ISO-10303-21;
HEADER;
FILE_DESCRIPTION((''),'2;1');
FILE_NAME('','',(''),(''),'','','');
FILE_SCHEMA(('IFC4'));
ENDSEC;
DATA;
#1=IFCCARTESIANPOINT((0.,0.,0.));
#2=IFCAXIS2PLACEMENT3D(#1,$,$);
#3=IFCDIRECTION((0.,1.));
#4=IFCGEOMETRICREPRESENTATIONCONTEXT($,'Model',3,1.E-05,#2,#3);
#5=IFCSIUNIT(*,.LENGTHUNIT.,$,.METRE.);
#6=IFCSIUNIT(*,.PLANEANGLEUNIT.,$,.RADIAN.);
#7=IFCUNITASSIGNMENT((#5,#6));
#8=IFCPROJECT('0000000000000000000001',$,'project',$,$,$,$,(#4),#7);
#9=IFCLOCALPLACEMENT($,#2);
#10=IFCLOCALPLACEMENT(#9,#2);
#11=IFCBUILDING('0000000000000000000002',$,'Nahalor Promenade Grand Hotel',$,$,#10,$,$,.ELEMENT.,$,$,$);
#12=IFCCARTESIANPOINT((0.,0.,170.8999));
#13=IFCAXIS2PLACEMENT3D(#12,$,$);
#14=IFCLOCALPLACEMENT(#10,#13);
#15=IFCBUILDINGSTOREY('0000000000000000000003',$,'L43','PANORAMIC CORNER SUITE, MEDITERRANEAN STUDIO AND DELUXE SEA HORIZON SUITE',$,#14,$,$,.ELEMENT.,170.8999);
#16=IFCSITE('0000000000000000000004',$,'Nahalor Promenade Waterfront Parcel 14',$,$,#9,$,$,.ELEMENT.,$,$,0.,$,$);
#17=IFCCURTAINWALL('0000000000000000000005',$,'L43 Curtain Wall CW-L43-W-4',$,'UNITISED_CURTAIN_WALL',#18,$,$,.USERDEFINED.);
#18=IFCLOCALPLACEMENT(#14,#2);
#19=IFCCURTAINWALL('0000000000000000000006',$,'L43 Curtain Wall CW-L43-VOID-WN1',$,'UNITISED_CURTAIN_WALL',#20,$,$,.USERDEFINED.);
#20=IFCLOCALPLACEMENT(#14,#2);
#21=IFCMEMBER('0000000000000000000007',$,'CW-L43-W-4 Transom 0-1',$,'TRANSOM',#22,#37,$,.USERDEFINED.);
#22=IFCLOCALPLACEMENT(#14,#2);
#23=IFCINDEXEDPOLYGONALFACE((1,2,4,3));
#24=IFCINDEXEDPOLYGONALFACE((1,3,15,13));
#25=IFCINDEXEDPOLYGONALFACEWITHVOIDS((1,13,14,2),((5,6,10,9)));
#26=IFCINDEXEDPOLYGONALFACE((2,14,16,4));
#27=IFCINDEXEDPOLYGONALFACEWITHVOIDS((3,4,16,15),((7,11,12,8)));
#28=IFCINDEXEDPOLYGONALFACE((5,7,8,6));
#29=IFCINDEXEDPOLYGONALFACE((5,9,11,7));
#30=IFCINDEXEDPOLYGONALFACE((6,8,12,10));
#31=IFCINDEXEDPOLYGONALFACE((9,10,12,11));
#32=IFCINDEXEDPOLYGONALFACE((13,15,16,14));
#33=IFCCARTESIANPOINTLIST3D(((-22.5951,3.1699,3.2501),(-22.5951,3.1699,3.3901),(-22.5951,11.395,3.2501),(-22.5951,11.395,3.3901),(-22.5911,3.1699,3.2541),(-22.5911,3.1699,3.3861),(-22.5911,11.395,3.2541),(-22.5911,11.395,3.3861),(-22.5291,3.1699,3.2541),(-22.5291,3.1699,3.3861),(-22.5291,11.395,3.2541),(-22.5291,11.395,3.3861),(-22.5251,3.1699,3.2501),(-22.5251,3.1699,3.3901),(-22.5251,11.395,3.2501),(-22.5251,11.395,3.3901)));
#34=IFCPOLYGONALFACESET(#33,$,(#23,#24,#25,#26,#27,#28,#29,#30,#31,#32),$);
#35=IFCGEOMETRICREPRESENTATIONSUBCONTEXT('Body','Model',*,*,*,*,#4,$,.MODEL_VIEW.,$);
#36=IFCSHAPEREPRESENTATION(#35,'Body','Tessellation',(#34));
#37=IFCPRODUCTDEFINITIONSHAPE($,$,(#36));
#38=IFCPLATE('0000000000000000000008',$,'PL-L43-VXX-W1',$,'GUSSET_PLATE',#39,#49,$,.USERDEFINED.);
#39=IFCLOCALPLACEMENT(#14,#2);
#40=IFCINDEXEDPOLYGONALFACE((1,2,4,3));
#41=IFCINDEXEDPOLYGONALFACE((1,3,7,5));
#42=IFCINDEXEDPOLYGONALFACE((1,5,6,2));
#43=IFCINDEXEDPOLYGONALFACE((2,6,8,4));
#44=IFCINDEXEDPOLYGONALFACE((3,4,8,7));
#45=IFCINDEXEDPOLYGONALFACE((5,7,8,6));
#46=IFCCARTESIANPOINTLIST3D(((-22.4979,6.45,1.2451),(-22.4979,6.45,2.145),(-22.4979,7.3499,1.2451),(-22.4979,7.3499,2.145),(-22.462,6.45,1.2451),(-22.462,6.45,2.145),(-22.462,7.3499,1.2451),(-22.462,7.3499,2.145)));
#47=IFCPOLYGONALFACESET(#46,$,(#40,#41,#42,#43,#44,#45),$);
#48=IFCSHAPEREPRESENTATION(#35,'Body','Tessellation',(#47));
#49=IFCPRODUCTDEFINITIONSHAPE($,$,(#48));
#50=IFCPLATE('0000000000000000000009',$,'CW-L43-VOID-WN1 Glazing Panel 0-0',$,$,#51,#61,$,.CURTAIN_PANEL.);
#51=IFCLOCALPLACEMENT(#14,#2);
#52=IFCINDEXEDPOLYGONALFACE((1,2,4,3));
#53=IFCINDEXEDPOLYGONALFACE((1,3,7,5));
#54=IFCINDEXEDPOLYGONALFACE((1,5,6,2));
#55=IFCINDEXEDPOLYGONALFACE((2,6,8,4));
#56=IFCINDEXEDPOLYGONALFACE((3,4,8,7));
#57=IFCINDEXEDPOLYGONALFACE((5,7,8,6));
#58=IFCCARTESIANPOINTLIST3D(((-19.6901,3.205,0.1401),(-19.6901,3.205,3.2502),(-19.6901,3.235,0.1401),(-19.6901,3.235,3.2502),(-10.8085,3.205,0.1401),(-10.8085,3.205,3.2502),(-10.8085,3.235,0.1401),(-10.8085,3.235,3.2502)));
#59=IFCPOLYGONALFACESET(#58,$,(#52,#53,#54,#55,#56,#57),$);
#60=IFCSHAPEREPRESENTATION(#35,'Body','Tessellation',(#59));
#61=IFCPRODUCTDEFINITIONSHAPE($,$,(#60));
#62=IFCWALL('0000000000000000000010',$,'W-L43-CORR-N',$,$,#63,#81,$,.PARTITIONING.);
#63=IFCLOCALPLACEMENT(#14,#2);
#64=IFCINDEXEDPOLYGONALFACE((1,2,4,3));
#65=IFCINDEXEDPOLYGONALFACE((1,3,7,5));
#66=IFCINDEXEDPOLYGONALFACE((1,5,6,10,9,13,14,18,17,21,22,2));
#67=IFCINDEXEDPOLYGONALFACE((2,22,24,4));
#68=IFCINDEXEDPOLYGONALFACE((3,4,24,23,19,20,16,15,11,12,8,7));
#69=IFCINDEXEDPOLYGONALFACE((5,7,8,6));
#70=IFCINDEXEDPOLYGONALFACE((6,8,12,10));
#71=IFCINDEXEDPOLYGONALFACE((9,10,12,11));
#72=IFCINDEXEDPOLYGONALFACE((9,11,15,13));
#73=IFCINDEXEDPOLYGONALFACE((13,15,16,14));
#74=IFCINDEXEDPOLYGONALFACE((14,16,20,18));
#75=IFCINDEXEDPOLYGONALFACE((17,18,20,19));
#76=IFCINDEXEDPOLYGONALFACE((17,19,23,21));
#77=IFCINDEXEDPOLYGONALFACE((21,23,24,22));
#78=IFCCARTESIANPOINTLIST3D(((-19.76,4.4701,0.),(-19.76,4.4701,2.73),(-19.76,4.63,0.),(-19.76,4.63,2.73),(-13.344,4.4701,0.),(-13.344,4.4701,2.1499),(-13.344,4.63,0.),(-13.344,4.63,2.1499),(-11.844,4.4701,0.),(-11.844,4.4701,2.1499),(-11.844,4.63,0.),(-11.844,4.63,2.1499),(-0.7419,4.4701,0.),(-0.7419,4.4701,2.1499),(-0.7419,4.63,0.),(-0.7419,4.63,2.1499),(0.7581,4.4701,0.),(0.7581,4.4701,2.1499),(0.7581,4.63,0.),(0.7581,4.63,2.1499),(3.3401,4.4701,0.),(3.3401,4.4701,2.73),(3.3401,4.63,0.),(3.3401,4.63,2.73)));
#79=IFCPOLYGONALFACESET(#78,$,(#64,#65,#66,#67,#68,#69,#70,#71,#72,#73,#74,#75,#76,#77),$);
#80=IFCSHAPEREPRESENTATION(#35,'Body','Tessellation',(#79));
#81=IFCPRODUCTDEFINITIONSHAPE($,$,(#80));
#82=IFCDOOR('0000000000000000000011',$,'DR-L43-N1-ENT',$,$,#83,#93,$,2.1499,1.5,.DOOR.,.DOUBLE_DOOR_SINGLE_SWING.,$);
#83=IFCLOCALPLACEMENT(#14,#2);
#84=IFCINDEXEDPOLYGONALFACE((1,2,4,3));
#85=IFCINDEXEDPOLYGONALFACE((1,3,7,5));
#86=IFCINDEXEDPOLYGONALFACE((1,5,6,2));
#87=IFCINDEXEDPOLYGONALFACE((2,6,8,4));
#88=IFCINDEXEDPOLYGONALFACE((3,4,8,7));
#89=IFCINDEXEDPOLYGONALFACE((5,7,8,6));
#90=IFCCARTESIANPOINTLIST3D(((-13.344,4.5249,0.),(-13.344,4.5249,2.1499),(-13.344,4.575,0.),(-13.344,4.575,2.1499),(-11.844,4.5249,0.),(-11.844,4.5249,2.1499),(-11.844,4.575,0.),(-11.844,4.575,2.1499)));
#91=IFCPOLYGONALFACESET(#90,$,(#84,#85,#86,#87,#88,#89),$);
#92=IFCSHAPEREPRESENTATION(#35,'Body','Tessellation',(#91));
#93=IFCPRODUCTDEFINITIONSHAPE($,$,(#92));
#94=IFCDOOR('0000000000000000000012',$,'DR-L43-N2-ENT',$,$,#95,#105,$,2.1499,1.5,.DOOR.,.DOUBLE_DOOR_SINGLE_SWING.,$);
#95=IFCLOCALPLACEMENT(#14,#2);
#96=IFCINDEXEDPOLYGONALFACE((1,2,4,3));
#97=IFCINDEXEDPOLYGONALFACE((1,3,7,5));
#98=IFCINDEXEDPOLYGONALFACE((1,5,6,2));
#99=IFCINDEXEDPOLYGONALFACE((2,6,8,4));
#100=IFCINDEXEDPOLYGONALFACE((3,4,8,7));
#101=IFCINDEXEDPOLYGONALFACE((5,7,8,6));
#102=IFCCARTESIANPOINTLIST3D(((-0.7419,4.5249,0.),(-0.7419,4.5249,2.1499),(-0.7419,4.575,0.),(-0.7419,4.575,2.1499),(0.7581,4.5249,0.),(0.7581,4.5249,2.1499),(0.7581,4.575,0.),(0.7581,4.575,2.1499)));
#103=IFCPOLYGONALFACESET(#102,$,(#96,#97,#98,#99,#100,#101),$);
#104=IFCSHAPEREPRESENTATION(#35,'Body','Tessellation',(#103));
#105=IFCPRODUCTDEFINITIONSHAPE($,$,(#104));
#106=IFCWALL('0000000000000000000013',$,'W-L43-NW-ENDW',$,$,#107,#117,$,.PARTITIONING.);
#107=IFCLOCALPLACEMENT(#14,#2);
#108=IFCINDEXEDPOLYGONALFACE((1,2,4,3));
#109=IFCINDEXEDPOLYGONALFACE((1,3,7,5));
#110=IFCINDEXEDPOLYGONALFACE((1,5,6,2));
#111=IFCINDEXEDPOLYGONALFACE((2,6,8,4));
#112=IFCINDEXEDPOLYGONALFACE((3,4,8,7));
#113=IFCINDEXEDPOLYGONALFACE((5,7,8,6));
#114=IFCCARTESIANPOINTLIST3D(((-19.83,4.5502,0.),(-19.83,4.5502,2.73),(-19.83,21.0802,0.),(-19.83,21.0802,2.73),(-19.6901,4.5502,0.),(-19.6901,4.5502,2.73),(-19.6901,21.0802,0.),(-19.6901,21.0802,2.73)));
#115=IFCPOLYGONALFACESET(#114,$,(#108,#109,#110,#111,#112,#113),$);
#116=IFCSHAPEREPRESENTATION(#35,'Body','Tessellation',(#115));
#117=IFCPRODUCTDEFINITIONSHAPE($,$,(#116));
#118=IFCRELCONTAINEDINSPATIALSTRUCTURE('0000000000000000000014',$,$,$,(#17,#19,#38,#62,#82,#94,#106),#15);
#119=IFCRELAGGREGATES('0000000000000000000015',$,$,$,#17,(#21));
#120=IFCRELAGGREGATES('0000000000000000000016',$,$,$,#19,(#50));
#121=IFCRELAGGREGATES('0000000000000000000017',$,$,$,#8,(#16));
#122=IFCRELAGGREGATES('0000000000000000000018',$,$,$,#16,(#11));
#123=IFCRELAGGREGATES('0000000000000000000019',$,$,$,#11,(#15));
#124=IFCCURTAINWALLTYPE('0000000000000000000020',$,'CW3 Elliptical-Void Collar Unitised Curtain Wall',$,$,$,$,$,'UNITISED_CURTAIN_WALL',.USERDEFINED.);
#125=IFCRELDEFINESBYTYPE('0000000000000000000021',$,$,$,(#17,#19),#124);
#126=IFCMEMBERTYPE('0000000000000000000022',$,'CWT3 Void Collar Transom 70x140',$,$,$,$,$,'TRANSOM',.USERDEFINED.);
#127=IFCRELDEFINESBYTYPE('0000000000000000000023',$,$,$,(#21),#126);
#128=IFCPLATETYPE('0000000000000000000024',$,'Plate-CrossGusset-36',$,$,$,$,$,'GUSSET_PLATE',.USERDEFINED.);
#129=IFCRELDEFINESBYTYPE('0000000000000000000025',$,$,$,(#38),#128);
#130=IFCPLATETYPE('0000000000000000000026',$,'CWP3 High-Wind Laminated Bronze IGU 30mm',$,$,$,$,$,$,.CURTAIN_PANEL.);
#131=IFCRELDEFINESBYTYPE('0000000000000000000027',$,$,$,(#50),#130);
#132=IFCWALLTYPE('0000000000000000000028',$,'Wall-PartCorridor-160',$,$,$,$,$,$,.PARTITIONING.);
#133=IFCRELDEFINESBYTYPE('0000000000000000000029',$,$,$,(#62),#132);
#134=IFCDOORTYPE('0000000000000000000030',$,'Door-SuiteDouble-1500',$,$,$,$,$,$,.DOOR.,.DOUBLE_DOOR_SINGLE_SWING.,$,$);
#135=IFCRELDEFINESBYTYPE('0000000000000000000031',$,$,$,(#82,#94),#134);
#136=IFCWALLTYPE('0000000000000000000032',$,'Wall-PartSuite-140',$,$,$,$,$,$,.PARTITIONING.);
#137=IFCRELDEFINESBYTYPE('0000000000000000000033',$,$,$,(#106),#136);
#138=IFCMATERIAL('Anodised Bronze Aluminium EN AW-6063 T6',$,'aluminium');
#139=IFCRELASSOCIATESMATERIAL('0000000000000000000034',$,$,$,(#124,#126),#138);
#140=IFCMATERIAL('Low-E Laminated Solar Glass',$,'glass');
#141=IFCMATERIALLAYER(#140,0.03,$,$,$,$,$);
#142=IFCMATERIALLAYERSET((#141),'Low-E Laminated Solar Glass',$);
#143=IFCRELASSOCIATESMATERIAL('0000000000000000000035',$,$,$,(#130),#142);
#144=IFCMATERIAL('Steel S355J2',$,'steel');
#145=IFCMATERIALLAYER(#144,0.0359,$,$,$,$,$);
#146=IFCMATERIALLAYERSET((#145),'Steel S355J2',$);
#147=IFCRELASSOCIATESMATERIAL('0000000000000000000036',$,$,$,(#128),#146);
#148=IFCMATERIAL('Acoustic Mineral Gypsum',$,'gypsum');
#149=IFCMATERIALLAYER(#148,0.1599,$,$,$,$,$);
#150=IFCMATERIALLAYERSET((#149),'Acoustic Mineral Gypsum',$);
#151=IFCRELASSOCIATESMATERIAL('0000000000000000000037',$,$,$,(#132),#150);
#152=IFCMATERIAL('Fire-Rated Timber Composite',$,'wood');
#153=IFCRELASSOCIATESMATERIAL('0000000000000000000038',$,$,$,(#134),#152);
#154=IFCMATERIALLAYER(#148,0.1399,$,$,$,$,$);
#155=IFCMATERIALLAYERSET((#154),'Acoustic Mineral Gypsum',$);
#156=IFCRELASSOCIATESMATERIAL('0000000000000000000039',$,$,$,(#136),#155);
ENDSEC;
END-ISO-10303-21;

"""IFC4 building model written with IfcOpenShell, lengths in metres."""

from ifc_helpers import new_model, si_unit, direction, frame, frame_2d, origin, origin_2d, place, context, subcontext, project, spatial, rectangle, hollow_rectangle, extrude, source, transform, mapped, material, layer, layer_set, material_profile, profile_set, type_object, element, fill, aggregate, save


model = new_model("IFC4")

# Units and contexts
model_context = context("Model", 3, precision=1e-05, world=origin(), true_north=direction((0.0, 1.0)))
body_context = subcontext(model_context, "Body", "Model", "MODEL_VIEW")
ifc_project = project(units=[si_unit("LENGTHUNIT", "METRE"), si_unit("PLANEANGLEUNIT", "RADIAN")], contexts=[model_context])

# Site, building, storey
site_placement = place(None, origin())
site = spatial("IfcSite", under=ifc_project, at=site_placement, Name="Nahalor Promenade Waterfront Parcel 14", CompositionType="ELEMENT", RefElevation=0.0)
building_placement = place(site_placement, origin())
building = spatial("IfcBuilding", under=site, at=building_placement, Name="Nahalor Promenade Grand Hotel", CompositionType="ELEMENT")
storey_placement = place(building_placement, frame((0.0, 0.0, 170.8999)))
storey = spatial("IfcBuildingStorey", under=building, at=storey_placement, Name="L43", Description="PANORAMIC CORNER SUITE, MEDITERRANEAN STUDIO AND DELUXE SEA HORIZON SUITE", CompositionType="ELEMENT", Elevation=170.8999)

# Shared definitions
ifc_material_1 = material(Name="Steel S355J2", Category="steel")

# Curtain wall
ifc_material_2 = material(Name="Anodised Bronze Aluminium EN AW-6063 T6", Category="aluminium")
curtain_wall_type = type_object("IfcCurtainWallType", Name="CW3 Elliptical-Void Collar Unitised Curtain Wall", ElementType="UNITISED_CURTAIN_WALL", PredefinedType="USERDEFINED", material=ifc_material_2)
curtain_wall_1_placement = place(storey_placement, origin())
curtain_wall_1 = element("IfcCurtainWall", 1, at=curtain_wall_1_placement, inside=storey, type_object=curtain_wall_type, Name="L43 Curtain Wall CW-L43-W-4", ObjectType="UNITISED_CURTAIN_WALL", PredefinedType="USERDEFINED")

# Curtain wall
curtain_wall_2_placement = place(storey_placement, origin())
curtain_wall_2 = element("IfcCurtainWall", 2, at=curtain_wall_2_placement, inside=storey, type_object=curtain_wall_type, Name="L43 Curtain Wall CW-L43-VOID-WN1", ObjectType="UNITISED_CURTAIN_WALL", PredefinedType="USERDEFINED")
ifc_material_profile_1 = material_profile(ifc_material_2, hollow_rectangle(XDim=0.07, YDim=0.14, WallThickness=0.004, at=origin_2d()), Name="CWT 70x140x4")
ifc_profile_set_1 = profile_set([ifc_material_profile_1], Name="Anodised Bronze Aluminium EN AW-6063 T6")
member_type_1 = type_object("IfcMemberType", Name="CWT3 Void Collar Transom 70x140", ElementType="TRANSOM", PredefinedType="USERDEFINED", material=ifc_profile_set_1)

# Member
shared_shape_1 = source(origin(), body_context, "Body", "SweptSolid", [
    extrude(hollow_rectangle(XDim=0.07, YDim=0.14, WallThickness=0.004, at=origin_2d()), origin(), (0.0, 0.0, 1.0), 8.2251),
])
member_1_placement = place(storey_placement, frame((-22.5601, 3.1699, 3.3201), z_axis=(0.0, 1.0, 0.0), x_axis=(-1.0, 0.0, 0.0)))
member_1 = element("IfcMember", 3, at=member_1_placement, type_object=member_type_1, Name="CW-L43-W-4 Transom 0-1", ObjectType="TRANSOM", PredefinedType="USERDEFINED", context=body_context, shape_type="MappedRepresentation", body=[
    mapped(shared_shape_1, transform((0.0, 0.0, 0.0), scale=1.0)),
])

# Plates
ifc_material_3 = material(Name="Low-E Laminated Solar Glass", Category="glass")
ifc_layer_1 = layer(ifc_material_3, 0.03)
ifc_layer_set_1 = layer_set([ifc_layer_1], Name="Low-E Laminated Solar Glass")
plate_type_1 = type_object("IfcPlateType", Name="CWP3 High-Wind Laminated Bronze IGU 30mm", PredefinedType="CURTAIN_PANEL", material=ifc_layer_set_1)
aggregate(curtain_wall_1, [member_1])
ifc_layer_2 = layer(ifc_material_1, 0.0359)
ifc_layer_set_2 = layer_set([ifc_layer_2], Name="Steel S355J2")
plate_type_2 = type_object("IfcPlateType", Name="Plate-CrossGusset-36", ElementType="GUSSET_PLATE", PredefinedType="USERDEFINED", material=ifc_layer_set_2)
shared_shape_2 = source(origin(), body_context, "Body", "SweptSolid", [
    extrude(rectangle(XDim=0.8999, YDim=0.0359, at=origin_2d()), origin(), (0.0, 0.0, 1.0), 0.8999),
])
plate_1_placement = place(storey_placement, frame((-22.48, 6.8999, 1.2451), z_axis=(0.0, 0.0, 1.0), x_axis=(0.0, 1.0, 0.0)))
element("IfcPlate", 4, at=plate_1_placement, inside=storey, type_object=plate_type_2, Name="PL-L43-VXX-W1", ObjectType="GUSSET_PLATE", PredefinedType="USERDEFINED", context=body_context, shape_type="MappedRepresentation", body=[
    mapped(shared_shape_2, transform((0.0, 0.0, 0.0), scale=1.0)),
])
shared_shape_3 = source(origin(), body_context, "Body", "SweptSolid", [
    extrude(rectangle(XDim=8.8816, YDim=0.03, at=origin_2d()), origin(), (0.0, 0.0, 1.0), 3.1101),
])
plate_2_placement = place(storey_placement, frame((-15.2493, 3.22, 0.1401), z_axis=(0.0, 0.0, 1.0), x_axis=(1.0, 0.0, 0.0)))
plate_2 = element("IfcPlate", 5, at=plate_2_placement, type_object=plate_type_1, Name="CW-L43-VOID-WN1 Glazing Panel 0-0", PredefinedType="CURTAIN_PANEL", context=body_context, shape_type="MappedRepresentation", body=[
    mapped(shared_shape_3, transform((0.0, 0.0, 0.0), scale=1.0)),
])
aggregate(curtain_wall_2, [plate_2])

# Wall, openings, doors
ifc_material_4 = material(Name="Acoustic Mineral Gypsum", Category="gypsum")
ifc_layer_3 = layer(ifc_material_4, 0.1599)
ifc_layer_set_3 = layer_set([ifc_layer_3], Name="Acoustic Mineral Gypsum")
wall_type_1 = type_object("IfcWallType", Name="Wall-PartCorridor-160", PredefinedType="PARTITIONING", material=ifc_layer_set_3)
shared_shape_4 = source(origin(), body_context, "Body", "SweptSolid", [
    extrude(rectangle(XDim=23.1001, YDim=0.1599, at=frame_2d((11.55, 0.0))), origin(), (0.0, 0.0, 1.0), 2.73),
])
wall_1_placement = place(storey_placement, frame((-19.76, 4.55, 0.0), z_axis=(0.0, 0.0, 1.0), x_axis=(1.0, 0.0, 0.0)))
wall_1 = element("IfcWall", 6, at=wall_1_placement, inside=storey, type_object=wall_type_1, Name="W-L43-CORR-N", PredefinedType="PARTITIONING", context=body_context, shape_type="MappedRepresentation", body=[
    mapped(shared_shape_4, transform((0.0, 0.0, 0.0), scale=1.0)),
])
opening_1_placement = place(wall_1_placement, frame((6.416, 0.0, 0.0)))
opening_1 = element("IfcOpeningElement", 7, at=opening_1_placement, cuts=wall_1, PredefinedType="OPENING", context=body_context, shape_type="SweptSolid", body=[
    extrude(rectangle(XDim=1.5, YDim=2.1499, at=frame_2d((0.75, 1.075))), frame((0.0, 0.0898, 0.0), z_axis=(0.0, -1.0, 0.0), x_axis=(1.0, 0.0, 0.0)), (0.0, 0.0, 1.0), 0.1799),
])
opening_2_placement = place(wall_1_placement, frame((19.0181, 0.0, 0.0)))
opening_2 = element("IfcOpeningElement", 8, at=opening_2_placement, cuts=wall_1, PredefinedType="OPENING", context=body_context, shape_type="SweptSolid", body=[
    extrude(rectangle(XDim=1.5, YDim=2.1499, at=frame_2d((0.75, 1.075))), frame((0.0, 0.0898, 0.0), z_axis=(0.0, -1.0, 0.0), x_axis=(1.0, 0.0, 0.0)), (0.0, 0.0, 1.0), 0.1799),
])
ifc_material_5 = material(Name="Fire-Rated Timber Composite", Category="wood")
door_type = type_object("IfcDoorType", Name="Door-SuiteDouble-1500", OperationType="DOUBLE_DOOR_SINGLE_SWING", PredefinedType="DOOR", material=ifc_material_5)
shared_shape_5 = source(origin(), body_context, "Body", "SweptSolid", [
    extrude(rectangle(XDim=1.5, YDim=2.1499, at=frame_2d((0.75, 1.075))), frame((0.0, 0.0249, 0.0), z_axis=(0.0, -1.0, 0.0), x_axis=(1.0, 0.0, 0.0)), (0.0, 0.0, 1.0), 0.05),
])
door_1_placement = place(opening_1_placement, origin())
door_1 = element("IfcDoor", 9, at=door_1_placement, inside=storey, type_object=door_type, Name="DR-L43-N1-ENT", OperationType="DOUBLE_DOOR_SINGLE_SWING", OverallHeight=2.1499, OverallWidth=1.5, PredefinedType="DOOR", context=body_context, shape_type="MappedRepresentation", body=[
    mapped(shared_shape_5, transform((0.0, 0.0, 0.0), scale=1.0)),
])
fill(opening_1, door_1)
door_2_placement = place(opening_2_placement, origin())
door_2 = element("IfcDoor", 10, at=door_2_placement, inside=storey, type_object=door_type, Name="DR-L43-N2-ENT", OperationType="DOUBLE_DOOR_SINGLE_SWING", OverallHeight=2.1499, OverallWidth=1.5, PredefinedType="DOOR", context=body_context, shape_type="MappedRepresentation", body=[
    mapped(shared_shape_5, transform((0.0, 0.0, 0.0), scale=1.0)),
])
fill(opening_2, door_2)

# Wall
ifc_layer_4 = layer(ifc_material_4, 0.1399)
ifc_layer_set_4 = layer_set([ifc_layer_4], Name="Acoustic Mineral Gypsum")
wall_type_2 = type_object("IfcWallType", Name="Wall-PartSuite-140", PredefinedType="PARTITIONING", material=ifc_layer_set_4)
shared_shape_6 = source(origin(), body_context, "Body", "SweptSolid", [
    extrude(rectangle(XDim=16.53, YDim=0.1399, at=frame_2d((8.2651, 0.0))), origin(), (0.0, 0.0, 1.0), 2.73),
])
wall_2_placement = place(storey_placement, frame((-19.76, 4.55, 0.0), z_axis=(0.0, 0.0, 1.0), x_axis=(0.0, 1.0, 0.0)))
element("IfcWall", 11, at=wall_2_placement, inside=storey, type_object=wall_type_2, Name="W-L43-NW-ENDW", PredefinedType="PARTITIONING", context=body_context, shape_type="MappedRepresentation", body=[
    mapped(shared_shape_6, transform((0.0, 0.0, 0.0), scale=1.0)),
])

save(model, "model.ifc")
